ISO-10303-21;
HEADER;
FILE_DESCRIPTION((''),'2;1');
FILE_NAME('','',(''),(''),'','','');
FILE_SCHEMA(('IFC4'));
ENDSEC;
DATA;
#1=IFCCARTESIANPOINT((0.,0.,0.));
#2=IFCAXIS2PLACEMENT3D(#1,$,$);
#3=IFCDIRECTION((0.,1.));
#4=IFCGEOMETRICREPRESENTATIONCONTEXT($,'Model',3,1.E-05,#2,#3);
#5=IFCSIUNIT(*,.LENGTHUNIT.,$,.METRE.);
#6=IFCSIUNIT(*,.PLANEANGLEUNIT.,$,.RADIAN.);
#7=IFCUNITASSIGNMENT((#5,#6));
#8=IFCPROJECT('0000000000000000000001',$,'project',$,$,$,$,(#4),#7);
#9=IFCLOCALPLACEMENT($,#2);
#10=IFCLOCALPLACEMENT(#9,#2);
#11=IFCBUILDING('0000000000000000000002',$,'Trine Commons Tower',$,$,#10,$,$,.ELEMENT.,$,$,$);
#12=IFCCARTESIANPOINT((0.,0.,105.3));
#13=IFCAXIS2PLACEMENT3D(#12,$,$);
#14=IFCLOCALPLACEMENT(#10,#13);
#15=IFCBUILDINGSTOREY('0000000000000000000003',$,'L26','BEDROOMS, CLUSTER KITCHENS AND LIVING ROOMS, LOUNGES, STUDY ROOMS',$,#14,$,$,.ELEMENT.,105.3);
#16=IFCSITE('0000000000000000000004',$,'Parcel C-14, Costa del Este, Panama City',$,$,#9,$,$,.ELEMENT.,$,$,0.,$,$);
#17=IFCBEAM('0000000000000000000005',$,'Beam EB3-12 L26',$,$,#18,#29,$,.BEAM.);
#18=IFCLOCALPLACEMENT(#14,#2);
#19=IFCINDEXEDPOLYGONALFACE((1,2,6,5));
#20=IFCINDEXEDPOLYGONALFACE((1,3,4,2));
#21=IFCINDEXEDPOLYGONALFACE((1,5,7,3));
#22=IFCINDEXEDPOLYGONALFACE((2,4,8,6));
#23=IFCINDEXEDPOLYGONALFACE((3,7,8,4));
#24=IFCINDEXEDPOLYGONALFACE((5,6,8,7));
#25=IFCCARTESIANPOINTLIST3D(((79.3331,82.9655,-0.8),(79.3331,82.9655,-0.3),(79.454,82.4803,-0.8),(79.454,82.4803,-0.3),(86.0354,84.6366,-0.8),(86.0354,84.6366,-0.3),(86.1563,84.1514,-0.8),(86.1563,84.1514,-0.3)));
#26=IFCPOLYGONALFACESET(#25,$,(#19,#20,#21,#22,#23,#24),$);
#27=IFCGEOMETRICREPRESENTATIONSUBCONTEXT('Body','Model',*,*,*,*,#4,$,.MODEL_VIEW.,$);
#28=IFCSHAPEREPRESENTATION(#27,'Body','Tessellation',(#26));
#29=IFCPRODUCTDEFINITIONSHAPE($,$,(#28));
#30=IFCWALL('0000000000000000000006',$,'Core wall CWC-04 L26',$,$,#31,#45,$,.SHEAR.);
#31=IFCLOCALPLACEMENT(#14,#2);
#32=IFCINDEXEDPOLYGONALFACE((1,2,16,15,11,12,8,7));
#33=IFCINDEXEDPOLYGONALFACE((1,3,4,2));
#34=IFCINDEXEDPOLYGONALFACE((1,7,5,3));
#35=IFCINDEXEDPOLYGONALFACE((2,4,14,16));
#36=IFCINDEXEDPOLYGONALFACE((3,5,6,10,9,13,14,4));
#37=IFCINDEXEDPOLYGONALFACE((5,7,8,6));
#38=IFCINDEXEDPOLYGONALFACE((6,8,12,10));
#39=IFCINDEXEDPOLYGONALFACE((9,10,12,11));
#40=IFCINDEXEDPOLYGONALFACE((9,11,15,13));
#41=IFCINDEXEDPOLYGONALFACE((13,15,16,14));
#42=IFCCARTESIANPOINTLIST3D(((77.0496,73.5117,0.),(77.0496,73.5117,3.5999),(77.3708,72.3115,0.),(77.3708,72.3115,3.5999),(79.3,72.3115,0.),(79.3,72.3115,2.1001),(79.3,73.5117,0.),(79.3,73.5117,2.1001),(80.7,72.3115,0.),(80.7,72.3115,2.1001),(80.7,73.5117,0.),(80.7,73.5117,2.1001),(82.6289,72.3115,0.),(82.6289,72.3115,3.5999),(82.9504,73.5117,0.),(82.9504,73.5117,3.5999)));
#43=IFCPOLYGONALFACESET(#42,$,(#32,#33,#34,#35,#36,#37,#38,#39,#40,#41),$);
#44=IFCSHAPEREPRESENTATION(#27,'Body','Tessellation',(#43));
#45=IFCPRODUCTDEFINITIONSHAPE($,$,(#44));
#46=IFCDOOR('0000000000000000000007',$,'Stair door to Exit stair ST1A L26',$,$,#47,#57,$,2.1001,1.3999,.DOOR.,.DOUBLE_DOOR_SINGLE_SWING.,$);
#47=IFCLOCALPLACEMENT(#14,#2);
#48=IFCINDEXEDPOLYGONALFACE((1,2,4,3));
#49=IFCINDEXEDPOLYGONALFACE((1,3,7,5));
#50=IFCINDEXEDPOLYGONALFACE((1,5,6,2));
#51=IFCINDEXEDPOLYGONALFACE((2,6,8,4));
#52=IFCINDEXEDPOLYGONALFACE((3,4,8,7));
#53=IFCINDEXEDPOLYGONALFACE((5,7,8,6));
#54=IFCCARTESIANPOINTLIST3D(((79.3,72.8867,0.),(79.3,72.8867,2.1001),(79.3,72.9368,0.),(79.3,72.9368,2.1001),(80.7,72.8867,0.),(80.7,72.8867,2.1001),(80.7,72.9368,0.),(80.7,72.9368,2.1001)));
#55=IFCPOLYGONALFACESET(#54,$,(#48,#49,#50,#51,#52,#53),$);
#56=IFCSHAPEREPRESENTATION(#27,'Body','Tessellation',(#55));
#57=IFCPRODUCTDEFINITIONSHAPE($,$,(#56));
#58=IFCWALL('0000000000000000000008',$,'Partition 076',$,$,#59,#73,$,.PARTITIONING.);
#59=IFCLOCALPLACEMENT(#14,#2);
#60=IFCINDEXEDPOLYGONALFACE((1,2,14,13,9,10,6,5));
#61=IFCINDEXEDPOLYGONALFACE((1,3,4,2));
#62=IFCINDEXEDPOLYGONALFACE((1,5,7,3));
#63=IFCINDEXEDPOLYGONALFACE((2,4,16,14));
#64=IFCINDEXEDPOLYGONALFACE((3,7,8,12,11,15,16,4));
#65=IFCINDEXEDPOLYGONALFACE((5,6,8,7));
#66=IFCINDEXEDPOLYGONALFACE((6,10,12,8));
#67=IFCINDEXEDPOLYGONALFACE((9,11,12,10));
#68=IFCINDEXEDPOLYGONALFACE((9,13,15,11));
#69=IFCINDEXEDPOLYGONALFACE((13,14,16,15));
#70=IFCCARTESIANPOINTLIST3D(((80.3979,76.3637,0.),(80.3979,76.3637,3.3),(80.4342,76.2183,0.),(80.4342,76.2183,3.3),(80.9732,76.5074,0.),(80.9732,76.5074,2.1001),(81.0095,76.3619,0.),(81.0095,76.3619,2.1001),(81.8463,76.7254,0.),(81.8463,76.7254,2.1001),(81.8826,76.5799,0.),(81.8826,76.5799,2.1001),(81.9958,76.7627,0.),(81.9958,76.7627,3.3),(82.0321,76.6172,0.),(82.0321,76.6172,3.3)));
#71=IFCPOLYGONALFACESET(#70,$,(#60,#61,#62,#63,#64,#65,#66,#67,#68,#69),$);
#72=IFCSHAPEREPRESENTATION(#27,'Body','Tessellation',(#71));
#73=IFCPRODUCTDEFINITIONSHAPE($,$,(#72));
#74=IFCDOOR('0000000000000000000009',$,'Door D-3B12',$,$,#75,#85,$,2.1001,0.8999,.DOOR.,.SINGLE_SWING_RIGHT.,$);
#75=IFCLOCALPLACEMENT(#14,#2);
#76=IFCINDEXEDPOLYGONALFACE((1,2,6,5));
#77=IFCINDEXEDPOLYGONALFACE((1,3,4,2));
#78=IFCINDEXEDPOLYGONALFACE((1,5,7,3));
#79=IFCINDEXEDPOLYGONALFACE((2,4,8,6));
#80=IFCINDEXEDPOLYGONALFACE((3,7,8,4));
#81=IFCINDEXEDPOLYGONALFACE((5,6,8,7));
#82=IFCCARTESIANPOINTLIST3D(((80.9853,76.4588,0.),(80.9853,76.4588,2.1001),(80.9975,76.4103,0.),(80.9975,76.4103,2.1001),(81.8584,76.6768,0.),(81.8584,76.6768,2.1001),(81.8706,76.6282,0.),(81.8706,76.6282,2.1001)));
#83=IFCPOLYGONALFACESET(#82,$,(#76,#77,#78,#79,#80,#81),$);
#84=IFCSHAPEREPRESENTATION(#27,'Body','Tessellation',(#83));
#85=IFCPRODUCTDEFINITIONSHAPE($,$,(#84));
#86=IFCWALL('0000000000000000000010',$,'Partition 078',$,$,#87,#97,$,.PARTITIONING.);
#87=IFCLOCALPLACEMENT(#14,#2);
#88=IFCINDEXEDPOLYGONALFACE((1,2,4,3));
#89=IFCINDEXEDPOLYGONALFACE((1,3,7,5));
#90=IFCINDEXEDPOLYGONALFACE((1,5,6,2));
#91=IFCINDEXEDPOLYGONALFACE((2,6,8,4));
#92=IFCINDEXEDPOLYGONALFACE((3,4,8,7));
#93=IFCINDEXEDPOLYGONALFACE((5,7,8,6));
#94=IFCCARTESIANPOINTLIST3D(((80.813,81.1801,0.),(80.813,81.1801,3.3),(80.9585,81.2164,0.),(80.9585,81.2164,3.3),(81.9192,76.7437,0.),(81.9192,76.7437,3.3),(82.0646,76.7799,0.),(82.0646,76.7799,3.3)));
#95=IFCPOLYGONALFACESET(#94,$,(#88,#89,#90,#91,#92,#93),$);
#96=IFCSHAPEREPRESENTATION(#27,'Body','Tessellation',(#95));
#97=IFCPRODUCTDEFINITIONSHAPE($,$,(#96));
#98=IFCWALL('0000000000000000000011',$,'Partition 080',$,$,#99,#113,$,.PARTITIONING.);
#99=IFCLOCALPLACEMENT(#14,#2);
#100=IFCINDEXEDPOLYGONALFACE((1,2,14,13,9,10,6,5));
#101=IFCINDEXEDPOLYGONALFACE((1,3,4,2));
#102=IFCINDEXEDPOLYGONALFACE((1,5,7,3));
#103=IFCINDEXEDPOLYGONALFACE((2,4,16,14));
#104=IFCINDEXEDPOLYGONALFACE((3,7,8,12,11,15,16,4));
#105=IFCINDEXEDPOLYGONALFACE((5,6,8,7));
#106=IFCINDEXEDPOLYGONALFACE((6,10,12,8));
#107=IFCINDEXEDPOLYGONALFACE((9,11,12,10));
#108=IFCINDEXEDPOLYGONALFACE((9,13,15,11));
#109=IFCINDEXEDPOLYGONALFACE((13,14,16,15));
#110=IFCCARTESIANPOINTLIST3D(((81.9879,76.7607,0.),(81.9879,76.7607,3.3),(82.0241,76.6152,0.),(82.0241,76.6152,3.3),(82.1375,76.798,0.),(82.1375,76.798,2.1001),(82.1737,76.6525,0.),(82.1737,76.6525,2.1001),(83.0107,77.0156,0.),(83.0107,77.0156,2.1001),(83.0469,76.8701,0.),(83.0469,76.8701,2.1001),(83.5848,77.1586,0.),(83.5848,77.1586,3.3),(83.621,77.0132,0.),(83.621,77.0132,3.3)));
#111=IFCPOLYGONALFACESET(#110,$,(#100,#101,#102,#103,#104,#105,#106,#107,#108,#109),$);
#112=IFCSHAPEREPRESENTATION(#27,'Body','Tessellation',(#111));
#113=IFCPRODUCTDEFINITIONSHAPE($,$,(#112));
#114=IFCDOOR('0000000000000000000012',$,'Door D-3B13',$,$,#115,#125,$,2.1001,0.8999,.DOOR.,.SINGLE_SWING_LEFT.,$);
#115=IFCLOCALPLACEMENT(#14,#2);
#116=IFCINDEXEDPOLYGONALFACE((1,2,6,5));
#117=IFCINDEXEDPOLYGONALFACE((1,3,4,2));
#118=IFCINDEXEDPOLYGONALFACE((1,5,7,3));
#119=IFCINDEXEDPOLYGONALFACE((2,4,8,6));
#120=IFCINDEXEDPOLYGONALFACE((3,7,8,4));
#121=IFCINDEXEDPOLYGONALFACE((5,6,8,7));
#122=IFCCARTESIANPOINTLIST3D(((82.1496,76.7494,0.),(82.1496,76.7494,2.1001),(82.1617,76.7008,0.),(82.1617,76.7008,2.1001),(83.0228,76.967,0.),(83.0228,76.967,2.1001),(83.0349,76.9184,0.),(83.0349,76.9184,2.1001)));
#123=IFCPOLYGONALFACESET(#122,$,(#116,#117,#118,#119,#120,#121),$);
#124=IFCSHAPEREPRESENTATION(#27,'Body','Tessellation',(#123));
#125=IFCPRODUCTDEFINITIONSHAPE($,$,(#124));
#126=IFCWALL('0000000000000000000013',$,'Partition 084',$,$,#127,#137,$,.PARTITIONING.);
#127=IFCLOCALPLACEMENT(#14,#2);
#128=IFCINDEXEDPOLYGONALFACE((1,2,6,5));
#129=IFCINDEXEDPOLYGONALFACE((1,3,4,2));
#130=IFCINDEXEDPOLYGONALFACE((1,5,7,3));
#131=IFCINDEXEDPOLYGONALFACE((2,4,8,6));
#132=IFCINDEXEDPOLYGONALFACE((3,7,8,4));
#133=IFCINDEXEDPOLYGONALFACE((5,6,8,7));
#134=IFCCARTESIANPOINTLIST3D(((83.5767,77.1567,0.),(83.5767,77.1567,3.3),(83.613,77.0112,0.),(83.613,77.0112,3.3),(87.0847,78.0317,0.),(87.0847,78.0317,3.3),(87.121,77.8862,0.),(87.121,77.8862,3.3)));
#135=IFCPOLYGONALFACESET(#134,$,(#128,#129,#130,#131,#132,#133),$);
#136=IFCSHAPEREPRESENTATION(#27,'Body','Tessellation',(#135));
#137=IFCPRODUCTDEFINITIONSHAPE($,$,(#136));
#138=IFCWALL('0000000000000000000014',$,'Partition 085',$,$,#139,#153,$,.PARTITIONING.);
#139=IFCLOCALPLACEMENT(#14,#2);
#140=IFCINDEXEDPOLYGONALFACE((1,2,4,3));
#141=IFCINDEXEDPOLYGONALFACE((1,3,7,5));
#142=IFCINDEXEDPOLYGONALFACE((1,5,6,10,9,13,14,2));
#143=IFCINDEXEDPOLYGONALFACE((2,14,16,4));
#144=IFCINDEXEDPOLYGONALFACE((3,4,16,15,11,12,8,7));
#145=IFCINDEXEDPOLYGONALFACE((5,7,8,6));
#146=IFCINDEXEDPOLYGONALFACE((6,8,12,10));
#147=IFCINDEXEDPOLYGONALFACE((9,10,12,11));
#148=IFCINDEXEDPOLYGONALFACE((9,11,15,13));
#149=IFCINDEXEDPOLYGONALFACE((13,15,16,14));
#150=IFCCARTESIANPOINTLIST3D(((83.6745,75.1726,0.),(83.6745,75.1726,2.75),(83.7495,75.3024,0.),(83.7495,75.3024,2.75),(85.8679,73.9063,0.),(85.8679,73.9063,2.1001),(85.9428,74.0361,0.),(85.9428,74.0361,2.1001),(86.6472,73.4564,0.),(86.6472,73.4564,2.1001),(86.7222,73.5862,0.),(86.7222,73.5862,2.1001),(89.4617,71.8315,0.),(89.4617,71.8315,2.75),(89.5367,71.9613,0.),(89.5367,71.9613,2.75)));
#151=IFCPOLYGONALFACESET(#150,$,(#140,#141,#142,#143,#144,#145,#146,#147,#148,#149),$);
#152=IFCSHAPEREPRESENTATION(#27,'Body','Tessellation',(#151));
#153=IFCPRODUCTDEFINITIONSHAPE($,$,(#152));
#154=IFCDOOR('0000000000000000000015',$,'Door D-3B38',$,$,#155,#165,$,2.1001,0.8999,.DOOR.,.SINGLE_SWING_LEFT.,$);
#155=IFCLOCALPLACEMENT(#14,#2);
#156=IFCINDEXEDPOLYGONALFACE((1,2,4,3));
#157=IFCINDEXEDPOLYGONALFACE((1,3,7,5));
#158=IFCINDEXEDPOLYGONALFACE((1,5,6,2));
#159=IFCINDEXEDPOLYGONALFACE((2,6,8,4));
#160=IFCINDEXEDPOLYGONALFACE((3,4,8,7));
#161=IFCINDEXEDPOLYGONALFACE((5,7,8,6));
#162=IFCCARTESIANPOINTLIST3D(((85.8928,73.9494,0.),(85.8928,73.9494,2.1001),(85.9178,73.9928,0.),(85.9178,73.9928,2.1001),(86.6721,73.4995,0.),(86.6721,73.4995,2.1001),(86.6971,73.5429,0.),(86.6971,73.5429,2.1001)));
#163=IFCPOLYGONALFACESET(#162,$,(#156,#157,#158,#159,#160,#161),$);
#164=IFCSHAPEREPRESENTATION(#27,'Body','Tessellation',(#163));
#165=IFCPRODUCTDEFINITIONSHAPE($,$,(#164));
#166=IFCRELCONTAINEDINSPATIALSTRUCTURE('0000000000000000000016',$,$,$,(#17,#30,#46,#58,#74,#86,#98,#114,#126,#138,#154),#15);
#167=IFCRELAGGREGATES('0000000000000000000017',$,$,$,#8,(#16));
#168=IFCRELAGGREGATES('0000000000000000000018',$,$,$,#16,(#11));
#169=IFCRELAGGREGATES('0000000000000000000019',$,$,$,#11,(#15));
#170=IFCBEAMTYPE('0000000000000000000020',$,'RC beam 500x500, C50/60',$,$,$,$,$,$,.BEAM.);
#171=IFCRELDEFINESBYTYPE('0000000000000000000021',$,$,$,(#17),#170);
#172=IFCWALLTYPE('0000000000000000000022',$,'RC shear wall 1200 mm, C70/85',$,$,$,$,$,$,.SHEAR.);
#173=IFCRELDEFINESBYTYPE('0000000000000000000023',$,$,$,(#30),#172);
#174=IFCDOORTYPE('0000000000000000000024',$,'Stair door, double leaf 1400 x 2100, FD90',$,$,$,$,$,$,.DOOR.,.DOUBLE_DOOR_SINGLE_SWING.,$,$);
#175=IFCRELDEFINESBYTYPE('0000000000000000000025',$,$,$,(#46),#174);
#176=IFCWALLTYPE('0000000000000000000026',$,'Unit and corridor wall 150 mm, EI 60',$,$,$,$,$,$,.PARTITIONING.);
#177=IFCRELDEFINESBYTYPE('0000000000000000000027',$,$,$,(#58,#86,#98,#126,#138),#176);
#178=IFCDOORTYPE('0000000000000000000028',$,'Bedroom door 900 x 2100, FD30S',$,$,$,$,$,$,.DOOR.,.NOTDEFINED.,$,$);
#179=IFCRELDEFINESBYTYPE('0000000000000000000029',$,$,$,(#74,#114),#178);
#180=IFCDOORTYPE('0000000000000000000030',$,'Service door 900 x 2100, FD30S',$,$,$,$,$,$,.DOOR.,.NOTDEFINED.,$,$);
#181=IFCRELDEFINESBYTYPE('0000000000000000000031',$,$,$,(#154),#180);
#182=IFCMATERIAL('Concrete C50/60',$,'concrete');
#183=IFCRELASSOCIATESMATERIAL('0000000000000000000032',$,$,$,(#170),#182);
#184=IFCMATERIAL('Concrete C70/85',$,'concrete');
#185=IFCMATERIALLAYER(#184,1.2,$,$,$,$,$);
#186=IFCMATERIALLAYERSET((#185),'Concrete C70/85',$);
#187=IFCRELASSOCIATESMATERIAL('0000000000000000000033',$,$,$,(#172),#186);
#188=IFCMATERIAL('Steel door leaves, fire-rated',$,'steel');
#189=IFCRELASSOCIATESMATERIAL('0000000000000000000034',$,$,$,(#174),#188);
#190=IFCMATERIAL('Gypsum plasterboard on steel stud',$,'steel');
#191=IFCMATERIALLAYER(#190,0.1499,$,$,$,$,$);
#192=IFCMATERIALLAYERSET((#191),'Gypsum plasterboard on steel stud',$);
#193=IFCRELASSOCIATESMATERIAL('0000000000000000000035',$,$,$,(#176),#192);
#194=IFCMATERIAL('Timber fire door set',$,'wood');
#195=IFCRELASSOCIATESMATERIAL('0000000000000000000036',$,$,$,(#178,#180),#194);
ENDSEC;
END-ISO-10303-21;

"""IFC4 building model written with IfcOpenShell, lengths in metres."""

from ifc_helpers import new_model, si_unit, direction, frame, frame_2d, origin, origin_2d, place, context, subcontext, project, spatial, polyline, rectangle, outline, extrude, material, layer, layer_set, material_profile, profile_set, type_object, element, fill, save


model = new_model("IFC4")

# Units and contexts
model_context = context("Model", 3, precision=1e-05, world=origin(), true_north=direction((0.0, 1.0)))
body_context = subcontext(model_context, "Body", "Model", "MODEL_VIEW")
ifc_project = project(units=[si_unit("LENGTHUNIT", "METRE"), si_unit("PLANEANGLEUNIT", "RADIAN")], contexts=[model_context])

# Site, building, storey
site_placement = place(None, origin())
site = spatial("IfcSite", under=ifc_project, at=site_placement, Name="Parcel C-14, Costa del Este, Panama City", CompositionType="ELEMENT", RefElevation=0.0)
building_placement = place(site_placement, origin())
building = spatial("IfcBuilding", under=site, at=building_placement, Name="Trine Commons Tower", CompositionType="ELEMENT")
storey_placement = place(building_placement, frame((0.0, 0.0, 105.3)))
storey = spatial("IfcBuildingStorey", under=building, at=storey_placement, Name="L26", Description="BEDROOMS, CLUSTER KITCHENS AND LIVING ROOMS, LOUNGES, STUDY ROOMS", CompositionType="ELEMENT", Elevation=105.3)

# Beam
ifc_material_1 = material(Name="Concrete C50/60", Category="concrete")
ifc_material_profile = material_profile(ifc_material_1, rectangle(XDim=0.5, YDim=0.5, at=origin_2d()), Name="RC 500x500")
ifc_profile_set = profile_set([ifc_material_profile], Name="Concrete C50/60")
beam_type = type_object("IfcBeamType", Name="RC beam 500x500, C50/60", PredefinedType="BEAM", material=ifc_profile_set)
beam_placement = place(storey_placement, frame((79.3936, 82.7229, -0.55), z_axis=(0.970294, 0.241928, 0.0), x_axis=(-0.241928, 0.970294, 0.0)))
element("IfcBeam", 1, at=beam_placement, inside=storey, type_object=beam_type, Name="Beam EB3-12 L26", PredefinedType="BEAM", context=body_context, shape_type="SweptSolid", body=[
    extrude(rectangle(XDim=0.5, YDim=0.5, at=origin_2d()), origin(), (0.0, 0.0, 1.0), 6.9075),
])

# Walls, openings, doors
ifc_material_2 = material(Name="Concrete C70/85", Category="concrete")
ifc_layer_1 = layer(ifc_material_2, 1.2)
ifc_layer_set_1 = layer_set([ifc_layer_1], Name="Concrete C70/85")
wall_type_1 = type_object("IfcWallType", Name="RC shear wall 1200 mm, C70/85", PredefinedType="SHEAR", material=ifc_layer_set_1)
wall_1_placement = place(storey_placement, frame((82.9504, 72.9116, 0.0), z_axis=(0.0, 0.0, 1.0), x_axis=(-1.0, 0.0, 0.0)))
wall_1 = element("IfcWall", 2, at=wall_1_placement, inside=storey, type_object=wall_type_1, Name="Core wall CWC-04 L26", PredefinedType="SHEAR", context=body_context, shape_type="SweptSolid", body=[
    extrude(outline(polyline([(0.0, -0.6001), (5.9009, -0.6001), (5.5796, 0.6001), (0.3215, 0.6001), (0.0, -0.6001)])), origin(), (0.0, 0.0, 1.0), 3.5999),
])
opening_1_placement = place(wall_1_placement, frame((2.2505, 0.0, 0.0)))
opening_1 = element("IfcOpeningElement", 3, at=opening_1_placement, cuts=wall_1, PredefinedType="OPENING", context=body_context, shape_type="SweptSolid", body=[
    extrude(rectangle(XDim=1.3999, YDim=2.1001, at=frame_2d((0.7, 1.05))), frame((0.0, 0.6099, 0.0), z_axis=(0.0, -1.0, 0.0), x_axis=(1.0, 0.0, 0.0)), (0.0, 0.0, 1.0), 1.22),
])
ifc_material_3 = material(Name="Steel door leaves, fire-rated", Category="steel")
door_type_1 = type_object("IfcDoorType", Name="Stair door, double leaf 1400 x 2100, FD90", OperationType="DOUBLE_DOOR_SINGLE_SWING", PredefinedType="DOOR", material=ifc_material_3)
door_1_placement = place(opening_1_placement, origin())
door_1 = element("IfcDoor", 4, at=door_1_placement, inside=storey, type_object=door_type_1, Name="Stair door to Exit stair ST1A L26", OperationType="DOUBLE_DOOR_SINGLE_SWING", OverallHeight=2.1001, OverallWidth=1.3999, PredefinedType="DOOR", context=body_context, shape_type="SweptSolid", body=[
    extrude(rectangle(XDim=1.3999, YDim=2.1001, at=frame_2d((0.7, 1.05))), frame((0.0, 0.0249, 0.0), z_axis=(0.0, -1.0, 0.0), x_axis=(1.0, 0.0, 0.0)), (0.0, 0.0, 1.0), 0.05),
])
fill(opening_1, door_1)
ifc_material_4 = material(Name="Gypsum plasterboard on steel stud", Category="steel")
ifc_layer_2 = layer(ifc_material_4, 0.1499)
ifc_layer_set_2 = layer_set([ifc_layer_2], Name="Gypsum plasterboard on steel stud")
wall_type_2 = type_object("IfcWallType", Name="Unit and corridor wall 150 mm, EI 60", PredefinedType="PARTITIONING", material=ifc_layer_set_2)
wall_2_placement = place(storey_placement, frame((80.416, 76.291, 0.0), z_axis=(0.0, 0.0, 1.0), x_axis=(0.970221, 0.242222, 0.0)))
wall_2 = element("IfcWall", 5, at=wall_2_placement, inside=storey, type_object=wall_type_2, Name="Partition 076", PredefinedType="PARTITIONING", context=body_context, shape_type="SweptSolid", body=[
    extrude(rectangle(XDim=1.647, YDim=0.1499, at=frame_2d((0.8235, 0.0))), origin(), (0.0, 0.0, 1.0), 3.3),
])
opening_2_placement = place(wall_2_placement, frame((0.593, 0.0, 0.0)))
opening_2 = element("IfcOpeningElement", 6, at=opening_2_placement, cuts=wall_2, PredefinedType="OPENING", context=body_context, shape_type="SweptSolid", body=[
    extrude(rectangle(XDim=0.8999, YDim=2.1001, at=frame_2d((0.45, 1.05))), frame((0.0, 0.085, 0.0), z_axis=(0.0, -1.0, 0.0), x_axis=(1.0, 0.0, 0.0)), (0.0, 0.0, 1.0), 0.1699),
])
ifc_material_5 = material(Name="Timber fire door set", Category="wood")
door_type_2 = type_object("IfcDoorType", Name="Bedroom door 900 x 2100, FD30S", OperationType="NOTDEFINED", PredefinedType="DOOR", material=ifc_material_5)
door_2_placement = place(opening_2_placement, origin())
door_2 = element("IfcDoor", 7, at=door_2_placement, inside=storey, type_object=door_type_2, Name="Door D-3B12", OperationType="SINGLE_SWING_RIGHT", OverallHeight=2.1001, OverallWidth=0.8999, PredefinedType="DOOR", context=body_context, shape_type="SweptSolid", body=[
    extrude(rectangle(XDim=0.8999, YDim=2.1001, at=frame_2d((0.45, 1.05))), frame((0.0, 0.0249, 0.0), z_axis=(0.0, -1.0, 0.0), x_axis=(1.0, 0.0, 0.0)), (0.0, 0.0, 1.0), 0.05),
])
fill(opening_2, door_2)

# Wall
wall_3_placement = place(storey_placement, frame((80.8857, 81.1982, 0.0), z_axis=(0.0, 0.0, 1.0), x_axis=(0.241933, -0.970293, 0.0)))
element("IfcWall", 8, at=wall_3_placement, inside=storey, type_object=wall_type_2, Name="Partition 078", PredefinedType="PARTITIONING", context=body_context, shape_type="SweptSolid", body=[
    extrude(rectangle(XDim=4.5723, YDim=0.1499, at=frame_2d((2.2861, 0.0))), origin(), (0.0, 0.0, 1.0), 3.3),
])

# Wall, opening, door
wall_4_placement = place(storey_placement, frame((82.0061, 76.688, 0.0), z_axis=(0.0, 0.0, 1.0), x_axis=(0.970325, 0.241803, 0.0)))
wall_4 = element("IfcWall", 9, at=wall_4_placement, inside=storey, type_object=wall_type_2, Name="Partition 080", PredefinedType="PARTITIONING", context=body_context, shape_type="SweptSolid", body=[
    extrude(rectangle(XDim=1.6458, YDim=0.1499, at=frame_2d((0.8228, 0.0))), origin(), (0.0, 0.0, 1.0), 3.3),
])
opening_3_placement = place(wall_4_placement, frame((0.1541, 0.0, 0.0)))
opening_3 = element("IfcOpeningElement", 10, at=opening_3_placement, cuts=wall_4, PredefinedType="OPENING", context=body_context, shape_type="SweptSolid", body=[
    extrude(rectangle(XDim=0.8999, YDim=2.1001, at=frame_2d((0.45, 1.05))), frame((0.0, 0.085, 0.0), z_axis=(0.0, -1.0, 0.0), x_axis=(1.0, 0.0, 0.0)), (0.0, 0.0, 1.0), 0.1699),
])
door_3_placement = place(opening_3_placement, origin())
door_3 = element("IfcDoor", 11, at=door_3_placement, inside=storey, type_object=door_type_2, Name="Door D-3B13", OperationType="SINGLE_SWING_LEFT", OverallHeight=2.1001, OverallWidth=0.8999, PredefinedType="DOOR", context=body_context, shape_type="SweptSolid", body=[
    extrude(rectangle(XDim=0.8999, YDim=2.1001, at=frame_2d((0.45, 1.05))), frame((0.0, 0.0249, 0.0), z_axis=(0.0, -1.0, 0.0), x_axis=(1.0, 0.0, 0.0)), (0.0, 0.0, 1.0), 0.05),
])
fill(opening_3, door_3)

# Wall
wall_5_placement = place(storey_placement, frame((83.595, 77.084, 0.0), z_axis=(0.0, 0.0, 1.0), x_axis=(0.970273, 0.242011, 0.0)))
element("IfcWall", 12, at=wall_5_placement, inside=storey, type_object=wall_type_2, Name="Partition 084", PredefinedType="PARTITIONING", context=body_context, shape_type="SweptSolid", body=[
    extrude(rectangle(XDim=3.6155, YDim=0.1499, at=frame_2d((1.8076, 0.0))), origin(), (0.0, 0.0, 1.0), 3.3),
])

# Wall, opening, door
wall_6_placement = place(storey_placement, frame((83.7119, 75.2375, 0.0), z_axis=(0.0, 0.0, 1.0), x_axis=(0.866033, -0.499986, 0.0)))
wall_6 = element("IfcWall", 13, at=wall_6_placement, inside=storey, type_object=wall_type_2, Name="Partition 085", PredefinedType="PARTITIONING", context=body_context, shape_type="SweptSolid", body=[
    extrude(rectangle(XDim=6.6824, YDim=0.1499, at=frame_2d((3.3413, 0.0))), origin(), (0.0, 0.0, 1.0), 2.75),
])
opening_4_placement = place(wall_6_placement, frame((2.5327, 0.0, 0.0)))
opening_4 = element("IfcOpeningElement", 14, at=opening_4_placement, cuts=wall_6, PredefinedType="OPENING", context=body_context, shape_type="SweptSolid", body=[
    extrude(rectangle(XDim=0.8999, YDim=2.1001, at=frame_2d((0.45, 1.05))), frame((0.0, 0.085, 0.0), z_axis=(0.0, -1.0, 0.0), x_axis=(1.0, 0.0, 0.0)), (0.0, 0.0, 1.0), 0.1699),
])
door_type_3 = type_object("IfcDoorType", Name="Service door 900 x 2100, FD30S", OperationType="NOTDEFINED", PredefinedType="DOOR", material=ifc_material_5)
door_4_placement = place(opening_4_placement, origin())
door_4 = element("IfcDoor", 15, at=door_4_placement, inside=storey, type_object=door_type_3, Name="Door D-3B38", OperationType="SINGLE_SWING_LEFT", OverallHeight=2.1001, OverallWidth=0.8999, PredefinedType="DOOR", context=body_context, shape_type="SweptSolid", body=[
    extrude(rectangle(XDim=0.8999, YDim=2.1001, at=frame_2d((0.45, 1.05))), frame((0.0, 0.0249, 0.0), z_axis=(0.0, -1.0, 0.0), x_axis=(1.0, 0.0, 0.0)), (0.0, 0.0, 1.0), 0.05),
])
fill(opening_4, door_4)

save(model, "model.ifc")
